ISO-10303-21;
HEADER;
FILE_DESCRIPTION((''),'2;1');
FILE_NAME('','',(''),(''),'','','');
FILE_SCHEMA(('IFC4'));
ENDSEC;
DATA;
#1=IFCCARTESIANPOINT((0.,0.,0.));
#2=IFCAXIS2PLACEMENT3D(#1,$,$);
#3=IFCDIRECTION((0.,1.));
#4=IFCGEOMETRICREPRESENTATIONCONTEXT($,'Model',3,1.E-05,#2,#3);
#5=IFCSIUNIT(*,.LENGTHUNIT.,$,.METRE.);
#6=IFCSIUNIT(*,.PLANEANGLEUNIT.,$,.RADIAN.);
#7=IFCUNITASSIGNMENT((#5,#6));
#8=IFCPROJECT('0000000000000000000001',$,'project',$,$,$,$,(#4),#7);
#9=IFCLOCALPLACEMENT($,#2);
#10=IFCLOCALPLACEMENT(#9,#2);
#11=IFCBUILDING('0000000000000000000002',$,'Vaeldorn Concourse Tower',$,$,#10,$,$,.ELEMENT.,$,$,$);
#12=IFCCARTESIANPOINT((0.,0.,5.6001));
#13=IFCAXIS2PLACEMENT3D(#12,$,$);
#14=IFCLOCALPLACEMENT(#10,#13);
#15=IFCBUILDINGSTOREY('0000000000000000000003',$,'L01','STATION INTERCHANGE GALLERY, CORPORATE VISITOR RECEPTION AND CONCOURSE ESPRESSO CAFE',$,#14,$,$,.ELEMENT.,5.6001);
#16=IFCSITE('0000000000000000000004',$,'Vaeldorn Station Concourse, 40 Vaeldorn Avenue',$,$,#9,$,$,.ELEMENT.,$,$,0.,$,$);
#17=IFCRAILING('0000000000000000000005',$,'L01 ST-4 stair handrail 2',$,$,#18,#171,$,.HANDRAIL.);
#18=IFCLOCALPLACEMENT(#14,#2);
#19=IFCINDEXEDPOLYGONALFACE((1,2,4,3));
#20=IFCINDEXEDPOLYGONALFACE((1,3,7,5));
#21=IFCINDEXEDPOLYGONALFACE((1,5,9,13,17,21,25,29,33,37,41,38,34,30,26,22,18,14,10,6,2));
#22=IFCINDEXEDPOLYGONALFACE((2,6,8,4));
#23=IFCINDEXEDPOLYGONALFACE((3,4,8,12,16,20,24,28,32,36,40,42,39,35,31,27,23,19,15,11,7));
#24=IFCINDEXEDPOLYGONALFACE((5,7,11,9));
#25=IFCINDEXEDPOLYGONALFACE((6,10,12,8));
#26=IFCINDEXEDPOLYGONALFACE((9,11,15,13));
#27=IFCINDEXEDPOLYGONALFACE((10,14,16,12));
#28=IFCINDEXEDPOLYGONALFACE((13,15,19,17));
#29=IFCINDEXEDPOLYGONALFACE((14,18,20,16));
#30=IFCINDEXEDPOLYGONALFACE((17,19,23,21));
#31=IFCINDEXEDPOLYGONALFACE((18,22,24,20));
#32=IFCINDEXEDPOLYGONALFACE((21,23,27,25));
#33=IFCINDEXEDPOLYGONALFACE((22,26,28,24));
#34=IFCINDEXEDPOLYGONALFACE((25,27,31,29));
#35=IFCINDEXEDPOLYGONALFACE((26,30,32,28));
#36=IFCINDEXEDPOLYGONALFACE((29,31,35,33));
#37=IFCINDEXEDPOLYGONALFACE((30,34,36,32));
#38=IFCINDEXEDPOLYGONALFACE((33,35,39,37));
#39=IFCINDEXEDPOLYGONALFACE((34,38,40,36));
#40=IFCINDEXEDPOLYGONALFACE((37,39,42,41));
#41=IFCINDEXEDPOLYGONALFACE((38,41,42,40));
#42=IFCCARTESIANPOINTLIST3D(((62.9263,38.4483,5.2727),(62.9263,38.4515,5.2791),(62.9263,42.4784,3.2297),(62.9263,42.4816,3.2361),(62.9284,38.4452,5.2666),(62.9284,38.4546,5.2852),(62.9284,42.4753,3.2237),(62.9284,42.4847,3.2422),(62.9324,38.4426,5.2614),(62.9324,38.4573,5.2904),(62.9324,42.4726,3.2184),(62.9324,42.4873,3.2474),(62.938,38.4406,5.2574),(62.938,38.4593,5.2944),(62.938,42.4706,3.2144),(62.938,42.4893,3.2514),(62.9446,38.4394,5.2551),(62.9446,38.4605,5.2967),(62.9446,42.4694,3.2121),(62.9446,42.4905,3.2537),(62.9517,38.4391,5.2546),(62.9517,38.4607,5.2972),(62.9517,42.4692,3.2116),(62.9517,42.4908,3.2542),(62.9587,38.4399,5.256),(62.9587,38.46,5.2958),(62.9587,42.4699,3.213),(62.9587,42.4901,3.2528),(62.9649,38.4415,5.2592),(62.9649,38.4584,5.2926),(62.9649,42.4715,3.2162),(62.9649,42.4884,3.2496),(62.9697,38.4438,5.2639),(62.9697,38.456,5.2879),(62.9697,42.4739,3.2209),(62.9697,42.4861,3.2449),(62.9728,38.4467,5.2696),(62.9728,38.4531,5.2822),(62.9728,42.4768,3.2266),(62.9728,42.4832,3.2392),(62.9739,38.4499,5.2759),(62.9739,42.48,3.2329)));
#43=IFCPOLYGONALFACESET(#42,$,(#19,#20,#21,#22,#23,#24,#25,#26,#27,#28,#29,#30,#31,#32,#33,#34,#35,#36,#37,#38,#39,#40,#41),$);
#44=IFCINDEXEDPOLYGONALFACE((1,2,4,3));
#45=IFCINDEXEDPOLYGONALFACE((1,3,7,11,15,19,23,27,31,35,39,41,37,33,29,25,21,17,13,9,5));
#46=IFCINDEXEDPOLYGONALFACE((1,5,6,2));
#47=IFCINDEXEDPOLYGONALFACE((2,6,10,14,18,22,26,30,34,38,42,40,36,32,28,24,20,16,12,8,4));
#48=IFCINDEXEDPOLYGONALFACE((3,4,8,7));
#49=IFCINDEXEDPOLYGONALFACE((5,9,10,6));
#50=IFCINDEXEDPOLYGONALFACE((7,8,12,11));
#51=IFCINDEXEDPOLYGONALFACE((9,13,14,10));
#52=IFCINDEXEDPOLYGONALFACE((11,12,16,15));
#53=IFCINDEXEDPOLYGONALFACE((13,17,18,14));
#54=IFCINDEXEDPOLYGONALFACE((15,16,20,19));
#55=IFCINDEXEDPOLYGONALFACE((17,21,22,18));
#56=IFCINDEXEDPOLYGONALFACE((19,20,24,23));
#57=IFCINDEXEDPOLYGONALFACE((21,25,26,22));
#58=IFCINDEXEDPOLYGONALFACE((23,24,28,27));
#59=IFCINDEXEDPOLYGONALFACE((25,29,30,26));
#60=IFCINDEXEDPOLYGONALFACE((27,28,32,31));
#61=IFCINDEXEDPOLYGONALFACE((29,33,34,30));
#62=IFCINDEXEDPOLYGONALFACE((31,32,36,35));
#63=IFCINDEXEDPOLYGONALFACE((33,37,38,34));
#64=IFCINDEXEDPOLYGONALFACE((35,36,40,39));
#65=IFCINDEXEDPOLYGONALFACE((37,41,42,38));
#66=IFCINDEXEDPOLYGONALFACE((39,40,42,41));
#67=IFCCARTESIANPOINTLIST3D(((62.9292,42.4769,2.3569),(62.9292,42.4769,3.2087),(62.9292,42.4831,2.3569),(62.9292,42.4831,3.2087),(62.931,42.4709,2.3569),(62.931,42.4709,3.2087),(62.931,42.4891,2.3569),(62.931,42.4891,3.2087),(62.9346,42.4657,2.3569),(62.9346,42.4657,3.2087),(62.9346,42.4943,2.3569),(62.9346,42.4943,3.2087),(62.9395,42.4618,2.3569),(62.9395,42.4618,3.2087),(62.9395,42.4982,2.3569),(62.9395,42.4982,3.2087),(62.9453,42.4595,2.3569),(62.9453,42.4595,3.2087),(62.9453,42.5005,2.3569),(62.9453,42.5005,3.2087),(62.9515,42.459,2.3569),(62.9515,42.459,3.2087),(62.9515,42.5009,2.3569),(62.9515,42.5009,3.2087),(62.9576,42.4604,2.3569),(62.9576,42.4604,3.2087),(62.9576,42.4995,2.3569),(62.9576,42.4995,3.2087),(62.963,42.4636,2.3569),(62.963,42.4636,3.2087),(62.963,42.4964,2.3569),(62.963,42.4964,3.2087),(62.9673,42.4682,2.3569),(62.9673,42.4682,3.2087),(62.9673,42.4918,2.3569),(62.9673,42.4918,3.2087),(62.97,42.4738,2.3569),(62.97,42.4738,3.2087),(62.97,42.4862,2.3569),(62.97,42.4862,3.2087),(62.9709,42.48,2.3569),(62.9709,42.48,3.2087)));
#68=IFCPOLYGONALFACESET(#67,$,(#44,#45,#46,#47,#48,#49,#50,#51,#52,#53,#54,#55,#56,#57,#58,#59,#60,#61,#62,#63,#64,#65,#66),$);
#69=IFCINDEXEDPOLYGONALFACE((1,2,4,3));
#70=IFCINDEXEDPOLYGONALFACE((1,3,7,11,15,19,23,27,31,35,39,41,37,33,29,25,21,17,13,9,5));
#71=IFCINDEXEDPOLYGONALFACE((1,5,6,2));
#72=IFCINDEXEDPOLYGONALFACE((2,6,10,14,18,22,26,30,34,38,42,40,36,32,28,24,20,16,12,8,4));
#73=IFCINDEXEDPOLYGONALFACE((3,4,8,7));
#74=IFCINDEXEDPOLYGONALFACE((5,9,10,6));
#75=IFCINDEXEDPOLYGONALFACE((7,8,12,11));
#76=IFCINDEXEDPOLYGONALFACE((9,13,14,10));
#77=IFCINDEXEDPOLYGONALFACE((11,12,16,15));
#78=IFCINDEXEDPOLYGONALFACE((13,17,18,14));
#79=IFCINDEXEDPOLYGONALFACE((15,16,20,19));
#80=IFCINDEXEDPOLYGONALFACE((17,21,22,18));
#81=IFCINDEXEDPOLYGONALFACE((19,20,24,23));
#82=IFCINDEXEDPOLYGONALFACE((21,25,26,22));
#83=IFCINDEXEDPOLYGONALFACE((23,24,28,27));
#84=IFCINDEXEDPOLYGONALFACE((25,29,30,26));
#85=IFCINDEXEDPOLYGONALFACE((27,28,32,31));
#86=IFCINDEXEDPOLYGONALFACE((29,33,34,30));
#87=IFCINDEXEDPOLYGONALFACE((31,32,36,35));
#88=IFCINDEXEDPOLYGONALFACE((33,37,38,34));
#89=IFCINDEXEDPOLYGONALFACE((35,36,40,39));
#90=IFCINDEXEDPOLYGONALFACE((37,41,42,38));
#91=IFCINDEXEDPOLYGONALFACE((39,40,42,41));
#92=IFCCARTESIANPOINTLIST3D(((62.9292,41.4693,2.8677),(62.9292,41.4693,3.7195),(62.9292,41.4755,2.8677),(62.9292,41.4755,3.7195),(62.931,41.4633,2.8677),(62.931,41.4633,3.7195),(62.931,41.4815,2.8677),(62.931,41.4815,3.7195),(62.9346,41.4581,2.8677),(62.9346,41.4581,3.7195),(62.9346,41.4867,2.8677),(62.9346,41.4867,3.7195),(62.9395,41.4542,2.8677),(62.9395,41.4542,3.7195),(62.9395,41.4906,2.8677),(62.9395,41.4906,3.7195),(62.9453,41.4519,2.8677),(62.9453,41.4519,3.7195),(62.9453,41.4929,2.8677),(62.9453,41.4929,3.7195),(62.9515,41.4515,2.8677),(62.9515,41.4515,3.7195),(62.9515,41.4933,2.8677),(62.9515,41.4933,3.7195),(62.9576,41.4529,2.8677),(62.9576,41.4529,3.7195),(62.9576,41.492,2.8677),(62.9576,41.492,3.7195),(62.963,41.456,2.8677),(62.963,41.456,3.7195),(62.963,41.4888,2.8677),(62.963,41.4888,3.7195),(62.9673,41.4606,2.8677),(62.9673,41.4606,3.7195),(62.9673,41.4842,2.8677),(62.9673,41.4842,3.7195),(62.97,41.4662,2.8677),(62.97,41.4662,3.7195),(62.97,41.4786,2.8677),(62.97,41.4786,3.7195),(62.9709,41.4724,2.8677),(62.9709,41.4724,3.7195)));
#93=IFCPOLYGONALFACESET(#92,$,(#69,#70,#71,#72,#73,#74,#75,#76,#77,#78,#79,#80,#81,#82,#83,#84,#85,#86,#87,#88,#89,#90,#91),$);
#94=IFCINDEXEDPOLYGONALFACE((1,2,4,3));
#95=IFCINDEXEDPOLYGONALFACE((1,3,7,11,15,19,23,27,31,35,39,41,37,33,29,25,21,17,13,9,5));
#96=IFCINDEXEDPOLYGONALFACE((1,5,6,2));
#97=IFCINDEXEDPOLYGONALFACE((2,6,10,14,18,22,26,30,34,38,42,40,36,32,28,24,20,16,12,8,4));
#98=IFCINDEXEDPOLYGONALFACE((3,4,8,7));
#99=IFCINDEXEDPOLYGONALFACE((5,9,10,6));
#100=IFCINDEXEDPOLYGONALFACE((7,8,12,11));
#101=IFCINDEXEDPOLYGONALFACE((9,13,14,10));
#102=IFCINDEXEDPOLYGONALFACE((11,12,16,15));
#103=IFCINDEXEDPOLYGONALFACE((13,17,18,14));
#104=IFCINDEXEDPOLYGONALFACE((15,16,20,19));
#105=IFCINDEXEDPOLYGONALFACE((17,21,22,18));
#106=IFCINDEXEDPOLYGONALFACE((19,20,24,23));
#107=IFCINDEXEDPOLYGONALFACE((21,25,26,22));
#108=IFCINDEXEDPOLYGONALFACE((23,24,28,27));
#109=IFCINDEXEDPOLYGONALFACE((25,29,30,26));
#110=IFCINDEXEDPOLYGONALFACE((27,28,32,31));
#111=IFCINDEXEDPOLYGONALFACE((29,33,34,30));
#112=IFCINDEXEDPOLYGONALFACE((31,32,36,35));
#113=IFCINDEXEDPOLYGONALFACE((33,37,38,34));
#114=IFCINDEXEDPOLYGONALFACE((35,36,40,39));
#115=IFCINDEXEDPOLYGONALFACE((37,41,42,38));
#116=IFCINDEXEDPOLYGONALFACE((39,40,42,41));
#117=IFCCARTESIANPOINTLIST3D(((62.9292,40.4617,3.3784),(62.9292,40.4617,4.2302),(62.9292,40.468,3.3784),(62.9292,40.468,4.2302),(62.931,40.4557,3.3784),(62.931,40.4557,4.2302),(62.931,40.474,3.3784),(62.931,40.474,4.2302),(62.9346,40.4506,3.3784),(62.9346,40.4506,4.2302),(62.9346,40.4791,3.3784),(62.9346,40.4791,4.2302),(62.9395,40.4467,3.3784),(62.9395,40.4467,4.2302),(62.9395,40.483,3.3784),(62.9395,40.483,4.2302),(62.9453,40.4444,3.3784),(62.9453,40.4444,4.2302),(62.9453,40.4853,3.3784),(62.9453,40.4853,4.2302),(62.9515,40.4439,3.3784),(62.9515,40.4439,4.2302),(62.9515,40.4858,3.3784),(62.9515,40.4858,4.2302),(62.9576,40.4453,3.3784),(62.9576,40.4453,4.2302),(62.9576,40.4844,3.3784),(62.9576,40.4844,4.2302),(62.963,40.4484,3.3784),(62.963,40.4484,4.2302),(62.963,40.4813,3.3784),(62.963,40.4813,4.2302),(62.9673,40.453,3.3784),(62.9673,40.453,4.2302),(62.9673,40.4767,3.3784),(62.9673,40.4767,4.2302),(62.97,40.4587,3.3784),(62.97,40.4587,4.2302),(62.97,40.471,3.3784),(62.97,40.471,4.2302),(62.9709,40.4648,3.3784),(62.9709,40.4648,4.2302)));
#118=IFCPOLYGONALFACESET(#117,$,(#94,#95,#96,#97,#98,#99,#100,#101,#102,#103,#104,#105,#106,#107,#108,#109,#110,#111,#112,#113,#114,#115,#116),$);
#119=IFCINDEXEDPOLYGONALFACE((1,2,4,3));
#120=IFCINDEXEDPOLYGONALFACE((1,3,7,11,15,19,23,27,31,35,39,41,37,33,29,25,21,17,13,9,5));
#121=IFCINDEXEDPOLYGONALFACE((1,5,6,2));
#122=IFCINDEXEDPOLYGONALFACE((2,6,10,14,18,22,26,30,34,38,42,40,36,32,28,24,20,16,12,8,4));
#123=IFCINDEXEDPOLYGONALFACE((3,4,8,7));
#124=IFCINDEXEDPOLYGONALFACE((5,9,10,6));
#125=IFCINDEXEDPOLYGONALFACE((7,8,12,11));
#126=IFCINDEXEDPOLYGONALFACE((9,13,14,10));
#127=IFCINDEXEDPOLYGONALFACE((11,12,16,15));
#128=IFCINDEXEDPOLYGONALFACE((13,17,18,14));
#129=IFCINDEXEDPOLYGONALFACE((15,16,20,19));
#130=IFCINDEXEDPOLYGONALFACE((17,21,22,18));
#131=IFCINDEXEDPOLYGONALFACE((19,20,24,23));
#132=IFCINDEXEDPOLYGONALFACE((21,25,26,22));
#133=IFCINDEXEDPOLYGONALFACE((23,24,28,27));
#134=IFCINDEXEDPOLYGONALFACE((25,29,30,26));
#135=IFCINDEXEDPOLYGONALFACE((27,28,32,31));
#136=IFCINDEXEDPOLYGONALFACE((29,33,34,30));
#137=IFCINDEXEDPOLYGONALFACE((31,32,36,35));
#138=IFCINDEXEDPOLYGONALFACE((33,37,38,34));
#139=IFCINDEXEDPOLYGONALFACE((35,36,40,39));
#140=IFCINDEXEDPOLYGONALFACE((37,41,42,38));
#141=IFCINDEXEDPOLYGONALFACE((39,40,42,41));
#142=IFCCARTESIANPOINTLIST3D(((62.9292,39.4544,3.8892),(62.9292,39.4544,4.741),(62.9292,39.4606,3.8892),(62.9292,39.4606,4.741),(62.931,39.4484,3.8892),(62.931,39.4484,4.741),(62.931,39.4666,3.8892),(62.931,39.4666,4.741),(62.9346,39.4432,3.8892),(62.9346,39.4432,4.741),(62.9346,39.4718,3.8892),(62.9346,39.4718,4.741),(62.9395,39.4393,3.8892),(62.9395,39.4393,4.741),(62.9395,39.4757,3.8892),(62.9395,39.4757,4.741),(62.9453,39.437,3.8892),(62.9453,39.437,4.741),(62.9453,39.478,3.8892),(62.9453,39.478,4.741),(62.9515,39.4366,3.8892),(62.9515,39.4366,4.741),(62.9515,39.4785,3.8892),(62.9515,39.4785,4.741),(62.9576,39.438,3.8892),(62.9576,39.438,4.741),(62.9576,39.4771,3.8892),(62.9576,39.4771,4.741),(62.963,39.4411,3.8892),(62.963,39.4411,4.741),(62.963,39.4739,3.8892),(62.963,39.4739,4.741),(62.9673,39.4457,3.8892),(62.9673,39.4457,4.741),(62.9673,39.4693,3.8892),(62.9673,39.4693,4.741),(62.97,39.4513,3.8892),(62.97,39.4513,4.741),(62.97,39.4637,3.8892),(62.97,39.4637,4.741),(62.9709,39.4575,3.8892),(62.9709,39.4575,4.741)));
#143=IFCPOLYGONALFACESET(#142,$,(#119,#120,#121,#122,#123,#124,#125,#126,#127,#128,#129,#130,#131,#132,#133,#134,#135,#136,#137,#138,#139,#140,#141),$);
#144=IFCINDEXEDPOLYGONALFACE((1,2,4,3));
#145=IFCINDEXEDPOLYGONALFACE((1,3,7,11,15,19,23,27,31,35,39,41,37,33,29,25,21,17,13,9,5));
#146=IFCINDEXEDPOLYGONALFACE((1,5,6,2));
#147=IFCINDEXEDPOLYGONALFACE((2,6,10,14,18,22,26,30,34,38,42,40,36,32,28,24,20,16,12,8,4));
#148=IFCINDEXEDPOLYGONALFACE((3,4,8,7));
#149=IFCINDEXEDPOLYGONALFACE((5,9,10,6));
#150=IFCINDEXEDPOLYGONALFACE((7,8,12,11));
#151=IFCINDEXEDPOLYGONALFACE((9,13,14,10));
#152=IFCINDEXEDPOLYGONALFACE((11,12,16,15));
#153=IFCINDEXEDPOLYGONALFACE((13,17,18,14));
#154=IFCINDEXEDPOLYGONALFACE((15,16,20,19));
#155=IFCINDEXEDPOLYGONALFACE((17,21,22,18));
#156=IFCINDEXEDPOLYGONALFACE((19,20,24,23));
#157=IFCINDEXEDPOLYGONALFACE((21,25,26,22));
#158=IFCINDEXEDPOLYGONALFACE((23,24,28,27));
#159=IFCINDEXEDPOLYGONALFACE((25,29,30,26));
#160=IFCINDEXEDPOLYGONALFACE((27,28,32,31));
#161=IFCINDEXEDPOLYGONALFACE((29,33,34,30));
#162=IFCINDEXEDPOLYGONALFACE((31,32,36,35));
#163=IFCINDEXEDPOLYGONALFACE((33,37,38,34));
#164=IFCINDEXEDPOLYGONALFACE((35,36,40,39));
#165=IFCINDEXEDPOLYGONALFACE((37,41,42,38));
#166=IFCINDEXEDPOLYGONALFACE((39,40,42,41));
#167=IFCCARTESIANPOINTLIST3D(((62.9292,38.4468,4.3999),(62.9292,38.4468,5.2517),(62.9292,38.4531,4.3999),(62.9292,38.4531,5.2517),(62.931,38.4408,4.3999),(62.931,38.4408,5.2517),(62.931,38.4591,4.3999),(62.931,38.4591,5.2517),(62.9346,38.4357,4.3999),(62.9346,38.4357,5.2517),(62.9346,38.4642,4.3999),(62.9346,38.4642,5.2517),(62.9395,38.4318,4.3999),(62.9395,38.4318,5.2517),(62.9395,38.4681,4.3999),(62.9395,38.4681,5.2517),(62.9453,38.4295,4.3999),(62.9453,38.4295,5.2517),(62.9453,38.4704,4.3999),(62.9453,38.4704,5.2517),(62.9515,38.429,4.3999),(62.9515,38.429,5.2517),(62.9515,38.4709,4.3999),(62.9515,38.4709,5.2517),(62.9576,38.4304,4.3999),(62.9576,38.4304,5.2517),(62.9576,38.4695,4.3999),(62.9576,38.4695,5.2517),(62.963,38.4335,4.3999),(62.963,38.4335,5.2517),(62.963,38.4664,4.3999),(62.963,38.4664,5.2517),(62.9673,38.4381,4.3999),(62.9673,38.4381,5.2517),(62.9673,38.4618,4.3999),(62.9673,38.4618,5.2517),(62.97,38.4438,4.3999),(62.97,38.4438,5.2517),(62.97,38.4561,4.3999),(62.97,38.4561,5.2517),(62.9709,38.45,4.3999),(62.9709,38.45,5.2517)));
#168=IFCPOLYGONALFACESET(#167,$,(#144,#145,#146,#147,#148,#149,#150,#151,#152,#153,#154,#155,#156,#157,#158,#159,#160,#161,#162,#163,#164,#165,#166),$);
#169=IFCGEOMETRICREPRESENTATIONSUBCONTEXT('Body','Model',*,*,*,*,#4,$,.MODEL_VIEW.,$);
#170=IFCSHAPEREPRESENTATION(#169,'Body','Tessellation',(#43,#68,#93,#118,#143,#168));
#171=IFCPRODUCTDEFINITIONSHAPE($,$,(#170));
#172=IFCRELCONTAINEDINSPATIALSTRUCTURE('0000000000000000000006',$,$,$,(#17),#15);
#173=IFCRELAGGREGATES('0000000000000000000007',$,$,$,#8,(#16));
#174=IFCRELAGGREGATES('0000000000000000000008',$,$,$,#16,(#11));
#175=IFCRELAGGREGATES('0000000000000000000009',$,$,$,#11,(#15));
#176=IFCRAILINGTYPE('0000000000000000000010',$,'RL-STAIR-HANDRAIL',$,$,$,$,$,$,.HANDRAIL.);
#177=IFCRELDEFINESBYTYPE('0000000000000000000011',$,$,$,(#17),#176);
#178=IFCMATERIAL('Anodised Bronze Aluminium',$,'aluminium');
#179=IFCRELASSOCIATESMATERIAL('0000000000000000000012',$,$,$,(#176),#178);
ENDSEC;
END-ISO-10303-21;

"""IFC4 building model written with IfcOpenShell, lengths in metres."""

from ifc_helpers import new_model, si_unit, direction, frame, origin, origin_2d, place, context, subcontext, project, spatial, circle, extrude, material, type_object, element, save


model = new_model("IFC4")

# Units and contexts
model_context = context("Model", 3, precision=1e-05, world=origin(), true_north=direction((0.0, 1.0)))
body_context = subcontext(model_context, "Body", "Model", "MODEL_VIEW")
ifc_project = project(units=[si_unit("LENGTHUNIT", "METRE"), si_unit("PLANEANGLEUNIT", "RADIAN")], contexts=[model_context])

# Site, building, storey
site_placement = place(None, origin())
site = spatial("IfcSite", under=ifc_project, at=site_placement, Name="Vaeldorn Station Concourse, 40 Vaeldorn Avenue", CompositionType="ELEMENT", RefElevation=0.0)
building_placement = place(site_placement, origin())
building = spatial("IfcBuilding", under=site, at=building_placement, Name="Vaeldorn Concourse Tower", CompositionType="ELEMENT")
storey_placement = place(building_placement, frame((0.0, 0.0, 5.6001)))
storey = spatial("IfcBuildingStorey", under=building, at=storey_placement, Name="L01", Description="STATION INTERCHANGE GALLERY, CORPORATE VISITOR RECEPTION AND CONCOURSE ESPRESSO CAFE", CompositionType="ELEMENT", Elevation=5.6001)

# Shared definitions
ifc_material_1 = material(Name="Anodised Bronze Aluminium", Category="aluminium")

# Railing
railing_type_1 = type_object("IfcRailingType", Name="RL-STAIR-HANDRAIL", PredefinedType="HANDRAIL", material=ifc_material_1)
railing_1_placement = place(storey_placement, frame((62.95, 42.48, 2.3569)))
element("IfcRailing", 1, at=railing_1_placement, inside=storey, type_object=railing_type_1, Name="L01 ST-4 stair handrail 2", PredefinedType="HANDRAIL", context=body_context, shape_type="SweptSolid", body=[
    extrude(circle(Radius=0.0239, at=origin_2d()), frame((0.0, 0.0, 0.876), z_axis=(0.0, -0.891939, 0.452156), x_axis=(1.0, 0.0, 0.0)), (0.0, 0.0, 1.0), 4.5183),
    extrude(circle(Radius=0.021, at=origin_2d()), origin(), (0.0, 0.0, 1.0), 0.8518),
    extrude(circle(Radius=0.021, at=origin_2d()), frame((0.0, -1.0076, 0.5107)), (0.0, 0.0, 1.0), 0.8518),
    extrude(circle(Radius=0.021, at=origin_2d()), frame((0.0, -2.0151, 1.0215)), (0.0, 0.0, 1.0), 0.8518),
    extrude(circle(Radius=0.021, at=origin_2d()), frame((0.0, -3.0225, 1.5322)), (0.0, 0.0, 1.0), 0.8518),
    extrude(circle(Radius=0.021, at=origin_2d()), frame((0.0, -4.03, 2.043)), (0.0, 0.0, 1.0), 0.8518),
])

save(model, "model.ifc")
